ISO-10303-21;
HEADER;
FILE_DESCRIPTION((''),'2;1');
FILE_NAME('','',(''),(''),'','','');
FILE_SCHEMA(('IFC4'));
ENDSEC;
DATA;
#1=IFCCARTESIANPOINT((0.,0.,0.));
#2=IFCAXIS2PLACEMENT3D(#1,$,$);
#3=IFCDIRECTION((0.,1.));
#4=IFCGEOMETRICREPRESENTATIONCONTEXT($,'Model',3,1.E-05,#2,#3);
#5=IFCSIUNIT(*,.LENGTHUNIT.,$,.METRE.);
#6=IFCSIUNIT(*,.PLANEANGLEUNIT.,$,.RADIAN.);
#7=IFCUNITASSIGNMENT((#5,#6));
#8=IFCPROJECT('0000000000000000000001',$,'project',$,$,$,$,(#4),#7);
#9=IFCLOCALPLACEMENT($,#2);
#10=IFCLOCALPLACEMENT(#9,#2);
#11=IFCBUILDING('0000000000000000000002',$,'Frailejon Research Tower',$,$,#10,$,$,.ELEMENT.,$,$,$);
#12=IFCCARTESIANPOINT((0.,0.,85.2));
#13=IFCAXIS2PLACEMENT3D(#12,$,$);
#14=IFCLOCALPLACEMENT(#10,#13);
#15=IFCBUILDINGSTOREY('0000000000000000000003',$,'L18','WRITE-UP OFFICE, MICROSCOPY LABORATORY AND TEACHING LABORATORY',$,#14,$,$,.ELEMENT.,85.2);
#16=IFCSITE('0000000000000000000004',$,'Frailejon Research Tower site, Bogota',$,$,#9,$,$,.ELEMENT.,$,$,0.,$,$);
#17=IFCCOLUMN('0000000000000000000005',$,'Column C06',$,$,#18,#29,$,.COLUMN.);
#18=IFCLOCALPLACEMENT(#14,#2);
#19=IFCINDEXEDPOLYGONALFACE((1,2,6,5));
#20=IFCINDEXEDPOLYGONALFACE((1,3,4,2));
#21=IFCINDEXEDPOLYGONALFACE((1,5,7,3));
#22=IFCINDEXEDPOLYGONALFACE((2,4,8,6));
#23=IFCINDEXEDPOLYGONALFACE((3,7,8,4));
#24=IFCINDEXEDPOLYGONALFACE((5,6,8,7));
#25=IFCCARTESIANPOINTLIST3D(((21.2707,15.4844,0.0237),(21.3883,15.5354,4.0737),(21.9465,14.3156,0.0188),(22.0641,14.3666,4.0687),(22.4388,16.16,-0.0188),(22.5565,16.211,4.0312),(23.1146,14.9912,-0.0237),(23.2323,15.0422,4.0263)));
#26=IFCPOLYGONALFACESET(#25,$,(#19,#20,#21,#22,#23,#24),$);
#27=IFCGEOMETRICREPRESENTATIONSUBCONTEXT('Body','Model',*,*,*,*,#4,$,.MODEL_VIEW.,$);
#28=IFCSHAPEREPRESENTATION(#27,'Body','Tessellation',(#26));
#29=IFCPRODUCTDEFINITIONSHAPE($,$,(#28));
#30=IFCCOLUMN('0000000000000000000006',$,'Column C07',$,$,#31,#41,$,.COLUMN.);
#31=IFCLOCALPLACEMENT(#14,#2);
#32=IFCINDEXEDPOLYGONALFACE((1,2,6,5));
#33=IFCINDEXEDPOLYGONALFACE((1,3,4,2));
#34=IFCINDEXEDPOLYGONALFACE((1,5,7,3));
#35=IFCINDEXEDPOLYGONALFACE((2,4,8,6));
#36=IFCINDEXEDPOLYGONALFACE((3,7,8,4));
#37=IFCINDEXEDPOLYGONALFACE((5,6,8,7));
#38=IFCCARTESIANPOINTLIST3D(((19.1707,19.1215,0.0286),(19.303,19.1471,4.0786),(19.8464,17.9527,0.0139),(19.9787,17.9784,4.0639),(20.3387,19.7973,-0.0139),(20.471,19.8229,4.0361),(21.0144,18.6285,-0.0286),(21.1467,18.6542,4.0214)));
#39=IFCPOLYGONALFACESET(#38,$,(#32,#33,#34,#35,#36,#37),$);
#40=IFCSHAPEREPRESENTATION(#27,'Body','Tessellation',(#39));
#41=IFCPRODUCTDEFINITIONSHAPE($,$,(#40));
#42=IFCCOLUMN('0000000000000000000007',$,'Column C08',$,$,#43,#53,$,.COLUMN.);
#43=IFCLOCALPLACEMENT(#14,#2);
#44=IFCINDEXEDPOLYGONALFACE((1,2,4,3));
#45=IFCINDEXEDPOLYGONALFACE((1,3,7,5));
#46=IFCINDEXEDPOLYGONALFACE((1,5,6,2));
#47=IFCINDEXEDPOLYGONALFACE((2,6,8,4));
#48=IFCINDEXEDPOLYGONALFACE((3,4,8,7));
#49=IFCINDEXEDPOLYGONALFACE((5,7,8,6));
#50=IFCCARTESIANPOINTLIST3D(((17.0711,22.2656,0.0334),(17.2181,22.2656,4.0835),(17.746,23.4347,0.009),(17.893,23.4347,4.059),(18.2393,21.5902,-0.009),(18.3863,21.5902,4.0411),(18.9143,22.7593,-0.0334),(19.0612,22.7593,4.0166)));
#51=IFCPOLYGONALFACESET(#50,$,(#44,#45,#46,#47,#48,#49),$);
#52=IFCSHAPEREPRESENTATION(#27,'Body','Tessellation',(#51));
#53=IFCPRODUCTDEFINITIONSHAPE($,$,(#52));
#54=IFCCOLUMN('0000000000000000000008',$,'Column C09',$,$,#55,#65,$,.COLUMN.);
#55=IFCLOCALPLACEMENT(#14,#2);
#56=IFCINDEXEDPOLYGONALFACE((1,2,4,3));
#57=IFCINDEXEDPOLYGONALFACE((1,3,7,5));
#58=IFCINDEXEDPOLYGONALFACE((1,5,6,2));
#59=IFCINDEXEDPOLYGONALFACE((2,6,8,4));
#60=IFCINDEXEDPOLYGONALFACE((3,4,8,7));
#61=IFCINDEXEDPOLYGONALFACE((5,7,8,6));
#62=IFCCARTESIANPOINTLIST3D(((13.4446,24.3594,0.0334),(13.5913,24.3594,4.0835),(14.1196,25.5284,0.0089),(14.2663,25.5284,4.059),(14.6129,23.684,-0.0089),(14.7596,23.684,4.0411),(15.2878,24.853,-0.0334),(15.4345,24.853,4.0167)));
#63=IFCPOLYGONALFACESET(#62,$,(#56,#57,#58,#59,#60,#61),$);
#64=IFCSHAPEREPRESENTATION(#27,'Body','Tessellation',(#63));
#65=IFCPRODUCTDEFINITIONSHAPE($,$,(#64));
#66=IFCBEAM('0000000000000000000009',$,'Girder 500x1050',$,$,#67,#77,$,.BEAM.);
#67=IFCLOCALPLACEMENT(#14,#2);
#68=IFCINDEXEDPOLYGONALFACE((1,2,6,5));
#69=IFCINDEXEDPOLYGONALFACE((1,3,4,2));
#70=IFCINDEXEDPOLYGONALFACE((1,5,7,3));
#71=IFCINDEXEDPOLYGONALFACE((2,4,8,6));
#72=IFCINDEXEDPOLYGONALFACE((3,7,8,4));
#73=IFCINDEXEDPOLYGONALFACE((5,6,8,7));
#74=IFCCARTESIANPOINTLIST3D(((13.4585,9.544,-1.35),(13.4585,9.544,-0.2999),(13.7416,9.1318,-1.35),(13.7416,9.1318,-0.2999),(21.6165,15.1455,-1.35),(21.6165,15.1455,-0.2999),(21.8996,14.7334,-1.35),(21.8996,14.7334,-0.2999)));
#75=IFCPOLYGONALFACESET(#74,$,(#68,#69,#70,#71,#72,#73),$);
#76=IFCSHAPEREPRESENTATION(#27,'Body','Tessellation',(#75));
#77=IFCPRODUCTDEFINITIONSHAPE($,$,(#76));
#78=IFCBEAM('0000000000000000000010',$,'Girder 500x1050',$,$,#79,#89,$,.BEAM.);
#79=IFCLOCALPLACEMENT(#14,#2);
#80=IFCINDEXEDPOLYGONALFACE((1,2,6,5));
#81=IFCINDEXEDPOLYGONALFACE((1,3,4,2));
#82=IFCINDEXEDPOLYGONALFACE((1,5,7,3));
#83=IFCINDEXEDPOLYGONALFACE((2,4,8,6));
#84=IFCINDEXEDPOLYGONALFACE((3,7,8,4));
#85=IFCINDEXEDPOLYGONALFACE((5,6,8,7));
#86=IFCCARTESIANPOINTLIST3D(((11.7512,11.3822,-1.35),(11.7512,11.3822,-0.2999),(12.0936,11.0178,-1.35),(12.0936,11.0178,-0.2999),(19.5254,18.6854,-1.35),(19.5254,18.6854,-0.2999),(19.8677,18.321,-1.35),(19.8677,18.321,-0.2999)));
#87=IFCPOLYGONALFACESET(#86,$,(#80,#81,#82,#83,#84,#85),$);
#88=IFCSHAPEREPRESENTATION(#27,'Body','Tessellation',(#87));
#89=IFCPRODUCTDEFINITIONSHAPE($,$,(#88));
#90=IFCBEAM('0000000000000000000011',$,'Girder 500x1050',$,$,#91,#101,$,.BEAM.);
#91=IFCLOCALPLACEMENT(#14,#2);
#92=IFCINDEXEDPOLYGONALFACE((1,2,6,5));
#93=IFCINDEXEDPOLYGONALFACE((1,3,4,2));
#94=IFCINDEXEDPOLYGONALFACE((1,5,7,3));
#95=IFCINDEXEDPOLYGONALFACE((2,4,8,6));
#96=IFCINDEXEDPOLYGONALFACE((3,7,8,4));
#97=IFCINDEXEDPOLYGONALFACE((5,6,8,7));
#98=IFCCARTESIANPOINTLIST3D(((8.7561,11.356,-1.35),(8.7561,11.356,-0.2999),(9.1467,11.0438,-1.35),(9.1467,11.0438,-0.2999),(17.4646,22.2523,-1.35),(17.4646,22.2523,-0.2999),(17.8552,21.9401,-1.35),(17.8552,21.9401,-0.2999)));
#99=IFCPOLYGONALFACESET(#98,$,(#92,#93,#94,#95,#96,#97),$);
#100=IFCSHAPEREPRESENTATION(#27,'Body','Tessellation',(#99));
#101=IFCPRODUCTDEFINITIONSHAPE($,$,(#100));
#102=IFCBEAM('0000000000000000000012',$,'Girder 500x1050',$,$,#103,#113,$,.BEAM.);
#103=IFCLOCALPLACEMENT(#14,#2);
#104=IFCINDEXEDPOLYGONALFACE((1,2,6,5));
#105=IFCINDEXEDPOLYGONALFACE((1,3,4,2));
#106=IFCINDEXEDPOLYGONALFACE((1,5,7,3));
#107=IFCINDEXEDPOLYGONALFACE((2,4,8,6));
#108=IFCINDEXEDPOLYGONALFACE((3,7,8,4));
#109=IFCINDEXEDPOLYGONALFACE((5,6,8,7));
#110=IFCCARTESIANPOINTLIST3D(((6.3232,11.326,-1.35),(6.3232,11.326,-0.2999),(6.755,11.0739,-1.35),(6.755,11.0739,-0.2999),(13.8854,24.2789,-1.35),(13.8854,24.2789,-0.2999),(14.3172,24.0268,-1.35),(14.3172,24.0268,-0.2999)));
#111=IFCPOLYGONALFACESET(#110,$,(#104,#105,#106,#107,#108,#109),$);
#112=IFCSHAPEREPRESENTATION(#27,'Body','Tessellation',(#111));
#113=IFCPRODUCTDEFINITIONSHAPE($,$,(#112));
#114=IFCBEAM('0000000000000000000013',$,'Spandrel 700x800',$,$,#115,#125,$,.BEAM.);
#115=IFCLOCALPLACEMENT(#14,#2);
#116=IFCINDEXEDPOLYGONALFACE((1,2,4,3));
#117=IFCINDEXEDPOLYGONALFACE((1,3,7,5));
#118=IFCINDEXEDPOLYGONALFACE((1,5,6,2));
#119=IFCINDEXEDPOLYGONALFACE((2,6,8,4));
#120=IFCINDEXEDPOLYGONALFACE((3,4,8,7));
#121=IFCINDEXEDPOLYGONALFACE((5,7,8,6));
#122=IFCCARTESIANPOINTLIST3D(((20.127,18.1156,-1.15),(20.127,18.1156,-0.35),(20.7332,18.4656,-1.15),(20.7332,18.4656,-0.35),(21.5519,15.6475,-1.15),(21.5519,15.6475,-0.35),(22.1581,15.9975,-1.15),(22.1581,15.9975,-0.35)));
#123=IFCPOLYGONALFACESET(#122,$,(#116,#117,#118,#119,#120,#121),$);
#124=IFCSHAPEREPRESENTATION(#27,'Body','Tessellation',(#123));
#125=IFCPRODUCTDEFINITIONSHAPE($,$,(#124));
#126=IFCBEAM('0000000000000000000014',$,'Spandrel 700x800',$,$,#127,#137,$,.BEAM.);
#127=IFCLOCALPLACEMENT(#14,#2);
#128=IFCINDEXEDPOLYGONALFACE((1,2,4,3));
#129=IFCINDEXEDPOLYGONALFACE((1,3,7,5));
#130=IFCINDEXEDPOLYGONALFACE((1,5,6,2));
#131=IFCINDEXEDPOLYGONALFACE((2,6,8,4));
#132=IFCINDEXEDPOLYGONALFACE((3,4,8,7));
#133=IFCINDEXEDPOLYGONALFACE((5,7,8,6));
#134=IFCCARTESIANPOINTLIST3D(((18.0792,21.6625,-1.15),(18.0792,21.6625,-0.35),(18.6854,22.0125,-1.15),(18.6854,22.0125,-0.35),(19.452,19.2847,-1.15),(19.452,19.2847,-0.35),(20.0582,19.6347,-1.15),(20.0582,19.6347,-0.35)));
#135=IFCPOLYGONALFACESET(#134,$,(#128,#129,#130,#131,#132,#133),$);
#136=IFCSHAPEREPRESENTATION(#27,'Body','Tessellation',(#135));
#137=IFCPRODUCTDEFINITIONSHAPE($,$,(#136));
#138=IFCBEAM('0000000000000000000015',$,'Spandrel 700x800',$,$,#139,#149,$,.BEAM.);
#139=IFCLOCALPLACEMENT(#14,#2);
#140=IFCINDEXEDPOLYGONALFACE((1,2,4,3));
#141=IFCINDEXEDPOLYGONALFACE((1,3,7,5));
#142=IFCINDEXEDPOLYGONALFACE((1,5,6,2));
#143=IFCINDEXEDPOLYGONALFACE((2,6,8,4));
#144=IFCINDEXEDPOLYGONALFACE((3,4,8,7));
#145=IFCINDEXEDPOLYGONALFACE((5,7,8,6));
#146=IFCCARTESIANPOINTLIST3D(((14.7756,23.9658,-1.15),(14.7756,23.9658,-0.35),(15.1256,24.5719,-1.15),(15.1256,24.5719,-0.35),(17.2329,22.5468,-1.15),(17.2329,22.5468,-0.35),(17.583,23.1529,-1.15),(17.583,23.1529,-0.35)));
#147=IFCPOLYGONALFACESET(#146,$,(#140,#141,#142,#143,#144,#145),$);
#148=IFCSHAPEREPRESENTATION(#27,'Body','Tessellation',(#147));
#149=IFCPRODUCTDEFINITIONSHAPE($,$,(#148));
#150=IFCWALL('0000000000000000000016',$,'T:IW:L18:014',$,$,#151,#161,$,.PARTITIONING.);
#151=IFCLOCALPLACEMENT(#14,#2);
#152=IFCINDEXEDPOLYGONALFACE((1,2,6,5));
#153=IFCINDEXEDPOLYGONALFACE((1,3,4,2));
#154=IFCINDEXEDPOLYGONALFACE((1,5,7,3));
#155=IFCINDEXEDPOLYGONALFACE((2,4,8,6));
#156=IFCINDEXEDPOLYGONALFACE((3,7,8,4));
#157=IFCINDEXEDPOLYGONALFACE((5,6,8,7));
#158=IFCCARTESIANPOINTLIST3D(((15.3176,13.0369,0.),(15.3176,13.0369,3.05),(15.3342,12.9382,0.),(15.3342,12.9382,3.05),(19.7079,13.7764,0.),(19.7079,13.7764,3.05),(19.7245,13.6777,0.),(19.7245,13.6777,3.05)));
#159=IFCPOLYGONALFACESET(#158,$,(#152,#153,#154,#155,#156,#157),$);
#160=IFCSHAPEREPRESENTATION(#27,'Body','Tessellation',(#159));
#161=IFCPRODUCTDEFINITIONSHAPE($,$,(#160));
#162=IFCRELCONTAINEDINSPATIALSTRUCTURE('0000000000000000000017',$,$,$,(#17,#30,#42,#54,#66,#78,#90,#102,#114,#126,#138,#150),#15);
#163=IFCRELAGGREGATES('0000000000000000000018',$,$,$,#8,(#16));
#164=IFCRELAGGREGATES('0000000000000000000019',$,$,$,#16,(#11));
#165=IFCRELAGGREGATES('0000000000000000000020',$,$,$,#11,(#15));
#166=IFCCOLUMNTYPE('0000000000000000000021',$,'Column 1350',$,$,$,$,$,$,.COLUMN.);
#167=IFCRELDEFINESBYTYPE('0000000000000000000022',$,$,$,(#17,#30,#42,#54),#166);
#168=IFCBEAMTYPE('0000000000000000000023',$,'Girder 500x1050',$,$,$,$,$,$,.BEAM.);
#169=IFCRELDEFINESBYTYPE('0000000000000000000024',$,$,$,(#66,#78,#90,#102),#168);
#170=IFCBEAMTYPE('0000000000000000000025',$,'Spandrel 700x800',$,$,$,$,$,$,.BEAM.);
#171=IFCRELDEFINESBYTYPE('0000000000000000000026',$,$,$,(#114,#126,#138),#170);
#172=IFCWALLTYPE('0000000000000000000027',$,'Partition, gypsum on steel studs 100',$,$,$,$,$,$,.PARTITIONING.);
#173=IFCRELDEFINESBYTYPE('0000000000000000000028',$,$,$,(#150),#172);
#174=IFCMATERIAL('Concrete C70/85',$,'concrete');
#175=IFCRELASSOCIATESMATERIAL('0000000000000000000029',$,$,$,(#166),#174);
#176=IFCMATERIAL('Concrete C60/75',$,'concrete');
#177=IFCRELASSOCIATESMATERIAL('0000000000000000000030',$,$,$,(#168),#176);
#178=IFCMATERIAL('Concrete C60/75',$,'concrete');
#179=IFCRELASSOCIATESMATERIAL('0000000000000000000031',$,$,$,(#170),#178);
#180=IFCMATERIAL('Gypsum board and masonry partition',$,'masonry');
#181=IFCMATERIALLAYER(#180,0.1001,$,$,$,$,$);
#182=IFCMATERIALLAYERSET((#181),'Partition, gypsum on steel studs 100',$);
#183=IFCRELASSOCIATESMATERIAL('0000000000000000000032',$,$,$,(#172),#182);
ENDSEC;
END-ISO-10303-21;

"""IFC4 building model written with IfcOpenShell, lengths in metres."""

from ifc_helpers import new_model, si_unit, direction, frame, frame_2d, origin, origin_2d, place, context, subcontext, project, spatial, rectangle, extrude, material, layer, layer_set, material_profile, profile_set, type_object, element, save


model = new_model("IFC4")

# Units and contexts
model_context = context("Model", 3, precision=1e-05, world=origin(), true_north=direction((0.0, 1.0)))
body_context = subcontext(model_context, "Body", "Model", "MODEL_VIEW")
ifc_project = project(units=[si_unit("LENGTHUNIT", "METRE"), si_unit("PLANEANGLEUNIT", "RADIAN")], contexts=[model_context])

# Site, building, storey
site_placement = place(None, origin())
site = spatial("IfcSite", under=ifc_project, at=site_placement, Name="Frailejon Research Tower site, Bogota", CompositionType="ELEMENT", RefElevation=0.0)
building_placement = place(site_placement, origin())
building = spatial("IfcBuilding", under=site, at=building_placement, Name="Frailejon Research Tower", CompositionType="ELEMENT")
storey_placement = place(building_placement, frame((0.0, 0.0, 85.2)))
storey = spatial("IfcBuildingStorey", under=building, at=storey_placement, Name="L18", Description="WRITE-UP OFFICE, MICROSCOPY LABORATORY AND TEACHING LABORATORY", CompositionType="ELEMENT", Elevation=85.2)

# Columns
ifc_material_1 = material(Name="Concrete C70/85", Category="concrete")
ifc_material_profile_1 = material_profile(ifc_material_1, rectangle(XDim=1.3501, YDim=1.3501, at=origin_2d()), Name="Column 1350")
ifc_profile_set_1 = profile_set([ifc_material_profile_1], Name="Concrete C70/85")
column_type = type_object("IfcColumnType", Name="Column 1350", PredefinedType="COLUMN", material=ifc_profile_set_1)
column_1_placement = place(storey_placement, frame((22.1926, 15.2378, 0.0), z_axis=(0.029041, 0.012592, 0.999499), x_axis=(-0.500555, 0.865697, 0.003637)))
element("IfcColumn", 1, at=column_1_placement, inside=storey, type_object=column_type, Name="Column C06", PredefinedType="COLUMN", context=body_context, shape_type="SweptSolid", body=[
    extrude(rectangle(XDim=1.3501, YDim=1.3501, at=origin_2d()), origin(), (0.0, 0.0, 1.0), 4.052),
])
column_2_placement = place(storey_placement, frame((20.0925, 18.875, 0.0), z_axis=(0.032654, 0.006326, 0.999447), x_axis=(-0.500479, 0.865681, 0.010872)))
element("IfcColumn", 2, at=column_2_placement, inside=storey, type_object=column_type, Name="Column C07", PredefinedType="COLUMN", context=body_context, shape_type="SweptSolid", body=[
    extrude(rectangle(XDim=1.3501, YDim=1.3501, at=origin_2d()), origin(), (0.0, 0.0, 1.0), 4.0522),
])
for number, where, z_axis, x_axis, name in (
    (3, (17.9927, 22.5125, 0.0), (0.036265, 0.0, 0.999342), (-0.865314, 0.500246, 0.031401), "Column C08"),
    (4, (14.3662, 24.6062, 0.0), (0.036205, 0.0, 0.999344), (-0.865315, 0.500246, 0.031349), "Column C09"),
):
    element("IfcColumn", number, at=place(storey_placement, frame(where, z_axis=z_axis, x_axis=x_axis)), inside=storey, type_object=column_type, Name=name, PredefinedType="COLUMN", context=body_context, shape_type="SweptSolid", body=[
        extrude(rectangle(XDim=1.3501, YDim=1.3501, at=origin_2d()), origin(), (0.0, 0.0, 1.0), 4.0527),
    ])

# Beams
ifc_material_2 = material(Name="Concrete C60/75", Category="concrete")
ifc_material_profile_2 = material_profile(ifc_material_2, rectangle(XDim=0.5, YDim=1.05, at=origin_2d()), Name="Girder 500x1050")
ifc_profile_set_2 = profile_set([ifc_material_profile_2], Name="Concrete C60/75")
beam_type_1 = type_object("IfcBeamType", Name="Girder 500x1050", PredefinedType="BEAM", material=ifc_profile_set_2)
beam_1_placement = place(storey_placement, frame((21.7581, 14.9395, -0.825), z_axis=(-0.824374, -0.566046, 0.0), x_axis=(0.566046, -0.824374, 0.0)))
element("IfcBeam", 5, at=beam_1_placement, inside=storey, type_object=beam_type_1, Name="Girder 500x1050", PredefinedType="BEAM", context=body_context, shape_type="SweptSolid", body=[
    extrude(rectangle(XDim=0.5, YDim=1.05, at=origin_2d()), origin(), (0.0, 0.0, 1.0), 9.896),
])
beam_2_placement = place(storey_placement, frame((19.6965, 18.5032, -0.825), z_axis=(-0.728838, -0.684686, 0.0), x_axis=(0.684686, -0.728838, 0.0)))
element("IfcBeam", 6, at=beam_2_placement, inside=storey, type_object=beam_type_1, Name="Girder 500x1050", PredefinedType="BEAM", context=body_context, shape_type="SweptSolid", body=[
    extrude(rectangle(XDim=0.5, YDim=1.05, at=origin_2d()), origin(), (0.0, 0.0, 1.0), 10.6665),
])
beam_3_placement = place(storey_placement, frame((17.6599, 22.0962, -0.825), z_axis=(-0.624324, -0.781166, 0.0), x_axis=(0.781166, -0.624324, 0.0)))
element("IfcBeam", 7, at=beam_3_placement, inside=storey, type_object=beam_type_1, Name="Girder 500x1050", PredefinedType="BEAM", context=body_context, shape_type="SweptSolid", body=[
    extrude(rectangle(XDim=0.5, YDim=1.05, at=origin_2d()), origin(), (0.0, 0.0, 1.0), 13.9487),
])
beam_4_placement = place(storey_placement, frame((14.1013, 24.1528, -0.825), z_axis=(-0.50419, -0.863593, 0.0), x_axis=(0.863593, -0.50419, 0.0)))
element("IfcBeam", 8, at=beam_4_placement, inside=storey, type_object=beam_type_1, Name="Girder 500x1050", PredefinedType="BEAM", context=body_context, shape_type="SweptSolid", body=[
    extrude(rectangle(XDim=0.5, YDim=1.05, at=origin_2d()), origin(), (0.0, 0.0, 1.0), 14.9988),
])
ifc_material_3 = material(Name="Concrete C60/75", Category="concrete")
ifc_material_profile_3 = material_profile(ifc_material_3, rectangle(XDim=0.7, YDim=0.8, at=origin_2d()), Name="Spandrel 700x800")
ifc_profile_set_3 = profile_set([ifc_material_profile_3], Name="Concrete C60/75")
beam_type_2 = type_object("IfcBeamType", Name="Spandrel 700x800", PredefinedType="BEAM", material=ifc_profile_set_3)
beam_5_placement = place(storey_placement, frame((21.855, 15.8225, -0.75), z_axis=(-0.499972, 0.866041, 0.0), x_axis=(-0.866041, -0.499972, 0.0)))
element("IfcBeam", 9, at=beam_5_placement, inside=storey, type_object=beam_type_2, Name="Spandrel 700x800", PredefinedType="BEAM", context=body_context, shape_type="SweptSolid", body=[
    extrude(rectangle(XDim=0.7, YDim=0.8, at=origin_2d()), origin(), (0.0, 0.0, 1.0), 2.8499),
])
beam_6_placement = place(storey_placement, frame((19.7551, 19.4597, -0.75), z_axis=(-0.500012, 0.866018, 0.0), x_axis=(-0.866018, -0.500012, 0.0)))
element("IfcBeam", 10, at=beam_6_placement, inside=storey, type_object=beam_type_2, Name="Spandrel 700x800", PredefinedType="BEAM", context=body_context, shape_type="SweptSolid", body=[
    extrude(rectangle(XDim=0.7, YDim=0.8, at=origin_2d()), origin(), (0.0, 0.0, 1.0), 2.7456),
])
beam_7_placement = place(storey_placement, frame((17.408, 22.8499, -0.75), z_axis=(-0.865989, 0.500063, 0.0), x_axis=(-0.500063, -0.865989, 0.0)))
element("IfcBeam", 11, at=beam_7_placement, inside=storey, type_object=beam_type_2, Name="Spandrel 700x800", PredefinedType="BEAM", context=body_context, shape_type="SweptSolid", body=[
    extrude(rectangle(XDim=0.7, YDim=0.8, at=origin_2d()), origin(), (0.0, 0.0, 1.0), 2.8376),
])

# Wall
ifc_material_4 = material(Name="Gypsum board and masonry partition", Category="masonry")
ifc_layer_1 = layer(ifc_material_4, 0.1001)
ifc_layer_set_1 = layer_set([ifc_layer_1], Name="Partition, gypsum on steel studs 100")
wall_type_1 = type_object("IfcWallType", Name="Partition, gypsum on steel studs 100", PredefinedType="PARTITIONING", material=ifc_layer_set_1)
wall_1_placement = place(storey_placement, frame((15.3259, 12.9875, 0.0), z_axis=(0.0, 0.0, 1.0), x_axis=(0.986109, 0.166097, 0.0)))
element("IfcWall", 12, at=wall_1_placement, inside=storey, type_object=wall_type_1, Name="T:IW:L18:014", PredefinedType="PARTITIONING", context=body_context, shape_type="SweptSolid", body=[
    extrude(rectangle(XDim=4.4521, YDim=0.1001, at=frame_2d((2.2261, 0.0))), origin(), (0.0, 0.0, 1.0), 3.05),
])

save(model, "model.ifc")
